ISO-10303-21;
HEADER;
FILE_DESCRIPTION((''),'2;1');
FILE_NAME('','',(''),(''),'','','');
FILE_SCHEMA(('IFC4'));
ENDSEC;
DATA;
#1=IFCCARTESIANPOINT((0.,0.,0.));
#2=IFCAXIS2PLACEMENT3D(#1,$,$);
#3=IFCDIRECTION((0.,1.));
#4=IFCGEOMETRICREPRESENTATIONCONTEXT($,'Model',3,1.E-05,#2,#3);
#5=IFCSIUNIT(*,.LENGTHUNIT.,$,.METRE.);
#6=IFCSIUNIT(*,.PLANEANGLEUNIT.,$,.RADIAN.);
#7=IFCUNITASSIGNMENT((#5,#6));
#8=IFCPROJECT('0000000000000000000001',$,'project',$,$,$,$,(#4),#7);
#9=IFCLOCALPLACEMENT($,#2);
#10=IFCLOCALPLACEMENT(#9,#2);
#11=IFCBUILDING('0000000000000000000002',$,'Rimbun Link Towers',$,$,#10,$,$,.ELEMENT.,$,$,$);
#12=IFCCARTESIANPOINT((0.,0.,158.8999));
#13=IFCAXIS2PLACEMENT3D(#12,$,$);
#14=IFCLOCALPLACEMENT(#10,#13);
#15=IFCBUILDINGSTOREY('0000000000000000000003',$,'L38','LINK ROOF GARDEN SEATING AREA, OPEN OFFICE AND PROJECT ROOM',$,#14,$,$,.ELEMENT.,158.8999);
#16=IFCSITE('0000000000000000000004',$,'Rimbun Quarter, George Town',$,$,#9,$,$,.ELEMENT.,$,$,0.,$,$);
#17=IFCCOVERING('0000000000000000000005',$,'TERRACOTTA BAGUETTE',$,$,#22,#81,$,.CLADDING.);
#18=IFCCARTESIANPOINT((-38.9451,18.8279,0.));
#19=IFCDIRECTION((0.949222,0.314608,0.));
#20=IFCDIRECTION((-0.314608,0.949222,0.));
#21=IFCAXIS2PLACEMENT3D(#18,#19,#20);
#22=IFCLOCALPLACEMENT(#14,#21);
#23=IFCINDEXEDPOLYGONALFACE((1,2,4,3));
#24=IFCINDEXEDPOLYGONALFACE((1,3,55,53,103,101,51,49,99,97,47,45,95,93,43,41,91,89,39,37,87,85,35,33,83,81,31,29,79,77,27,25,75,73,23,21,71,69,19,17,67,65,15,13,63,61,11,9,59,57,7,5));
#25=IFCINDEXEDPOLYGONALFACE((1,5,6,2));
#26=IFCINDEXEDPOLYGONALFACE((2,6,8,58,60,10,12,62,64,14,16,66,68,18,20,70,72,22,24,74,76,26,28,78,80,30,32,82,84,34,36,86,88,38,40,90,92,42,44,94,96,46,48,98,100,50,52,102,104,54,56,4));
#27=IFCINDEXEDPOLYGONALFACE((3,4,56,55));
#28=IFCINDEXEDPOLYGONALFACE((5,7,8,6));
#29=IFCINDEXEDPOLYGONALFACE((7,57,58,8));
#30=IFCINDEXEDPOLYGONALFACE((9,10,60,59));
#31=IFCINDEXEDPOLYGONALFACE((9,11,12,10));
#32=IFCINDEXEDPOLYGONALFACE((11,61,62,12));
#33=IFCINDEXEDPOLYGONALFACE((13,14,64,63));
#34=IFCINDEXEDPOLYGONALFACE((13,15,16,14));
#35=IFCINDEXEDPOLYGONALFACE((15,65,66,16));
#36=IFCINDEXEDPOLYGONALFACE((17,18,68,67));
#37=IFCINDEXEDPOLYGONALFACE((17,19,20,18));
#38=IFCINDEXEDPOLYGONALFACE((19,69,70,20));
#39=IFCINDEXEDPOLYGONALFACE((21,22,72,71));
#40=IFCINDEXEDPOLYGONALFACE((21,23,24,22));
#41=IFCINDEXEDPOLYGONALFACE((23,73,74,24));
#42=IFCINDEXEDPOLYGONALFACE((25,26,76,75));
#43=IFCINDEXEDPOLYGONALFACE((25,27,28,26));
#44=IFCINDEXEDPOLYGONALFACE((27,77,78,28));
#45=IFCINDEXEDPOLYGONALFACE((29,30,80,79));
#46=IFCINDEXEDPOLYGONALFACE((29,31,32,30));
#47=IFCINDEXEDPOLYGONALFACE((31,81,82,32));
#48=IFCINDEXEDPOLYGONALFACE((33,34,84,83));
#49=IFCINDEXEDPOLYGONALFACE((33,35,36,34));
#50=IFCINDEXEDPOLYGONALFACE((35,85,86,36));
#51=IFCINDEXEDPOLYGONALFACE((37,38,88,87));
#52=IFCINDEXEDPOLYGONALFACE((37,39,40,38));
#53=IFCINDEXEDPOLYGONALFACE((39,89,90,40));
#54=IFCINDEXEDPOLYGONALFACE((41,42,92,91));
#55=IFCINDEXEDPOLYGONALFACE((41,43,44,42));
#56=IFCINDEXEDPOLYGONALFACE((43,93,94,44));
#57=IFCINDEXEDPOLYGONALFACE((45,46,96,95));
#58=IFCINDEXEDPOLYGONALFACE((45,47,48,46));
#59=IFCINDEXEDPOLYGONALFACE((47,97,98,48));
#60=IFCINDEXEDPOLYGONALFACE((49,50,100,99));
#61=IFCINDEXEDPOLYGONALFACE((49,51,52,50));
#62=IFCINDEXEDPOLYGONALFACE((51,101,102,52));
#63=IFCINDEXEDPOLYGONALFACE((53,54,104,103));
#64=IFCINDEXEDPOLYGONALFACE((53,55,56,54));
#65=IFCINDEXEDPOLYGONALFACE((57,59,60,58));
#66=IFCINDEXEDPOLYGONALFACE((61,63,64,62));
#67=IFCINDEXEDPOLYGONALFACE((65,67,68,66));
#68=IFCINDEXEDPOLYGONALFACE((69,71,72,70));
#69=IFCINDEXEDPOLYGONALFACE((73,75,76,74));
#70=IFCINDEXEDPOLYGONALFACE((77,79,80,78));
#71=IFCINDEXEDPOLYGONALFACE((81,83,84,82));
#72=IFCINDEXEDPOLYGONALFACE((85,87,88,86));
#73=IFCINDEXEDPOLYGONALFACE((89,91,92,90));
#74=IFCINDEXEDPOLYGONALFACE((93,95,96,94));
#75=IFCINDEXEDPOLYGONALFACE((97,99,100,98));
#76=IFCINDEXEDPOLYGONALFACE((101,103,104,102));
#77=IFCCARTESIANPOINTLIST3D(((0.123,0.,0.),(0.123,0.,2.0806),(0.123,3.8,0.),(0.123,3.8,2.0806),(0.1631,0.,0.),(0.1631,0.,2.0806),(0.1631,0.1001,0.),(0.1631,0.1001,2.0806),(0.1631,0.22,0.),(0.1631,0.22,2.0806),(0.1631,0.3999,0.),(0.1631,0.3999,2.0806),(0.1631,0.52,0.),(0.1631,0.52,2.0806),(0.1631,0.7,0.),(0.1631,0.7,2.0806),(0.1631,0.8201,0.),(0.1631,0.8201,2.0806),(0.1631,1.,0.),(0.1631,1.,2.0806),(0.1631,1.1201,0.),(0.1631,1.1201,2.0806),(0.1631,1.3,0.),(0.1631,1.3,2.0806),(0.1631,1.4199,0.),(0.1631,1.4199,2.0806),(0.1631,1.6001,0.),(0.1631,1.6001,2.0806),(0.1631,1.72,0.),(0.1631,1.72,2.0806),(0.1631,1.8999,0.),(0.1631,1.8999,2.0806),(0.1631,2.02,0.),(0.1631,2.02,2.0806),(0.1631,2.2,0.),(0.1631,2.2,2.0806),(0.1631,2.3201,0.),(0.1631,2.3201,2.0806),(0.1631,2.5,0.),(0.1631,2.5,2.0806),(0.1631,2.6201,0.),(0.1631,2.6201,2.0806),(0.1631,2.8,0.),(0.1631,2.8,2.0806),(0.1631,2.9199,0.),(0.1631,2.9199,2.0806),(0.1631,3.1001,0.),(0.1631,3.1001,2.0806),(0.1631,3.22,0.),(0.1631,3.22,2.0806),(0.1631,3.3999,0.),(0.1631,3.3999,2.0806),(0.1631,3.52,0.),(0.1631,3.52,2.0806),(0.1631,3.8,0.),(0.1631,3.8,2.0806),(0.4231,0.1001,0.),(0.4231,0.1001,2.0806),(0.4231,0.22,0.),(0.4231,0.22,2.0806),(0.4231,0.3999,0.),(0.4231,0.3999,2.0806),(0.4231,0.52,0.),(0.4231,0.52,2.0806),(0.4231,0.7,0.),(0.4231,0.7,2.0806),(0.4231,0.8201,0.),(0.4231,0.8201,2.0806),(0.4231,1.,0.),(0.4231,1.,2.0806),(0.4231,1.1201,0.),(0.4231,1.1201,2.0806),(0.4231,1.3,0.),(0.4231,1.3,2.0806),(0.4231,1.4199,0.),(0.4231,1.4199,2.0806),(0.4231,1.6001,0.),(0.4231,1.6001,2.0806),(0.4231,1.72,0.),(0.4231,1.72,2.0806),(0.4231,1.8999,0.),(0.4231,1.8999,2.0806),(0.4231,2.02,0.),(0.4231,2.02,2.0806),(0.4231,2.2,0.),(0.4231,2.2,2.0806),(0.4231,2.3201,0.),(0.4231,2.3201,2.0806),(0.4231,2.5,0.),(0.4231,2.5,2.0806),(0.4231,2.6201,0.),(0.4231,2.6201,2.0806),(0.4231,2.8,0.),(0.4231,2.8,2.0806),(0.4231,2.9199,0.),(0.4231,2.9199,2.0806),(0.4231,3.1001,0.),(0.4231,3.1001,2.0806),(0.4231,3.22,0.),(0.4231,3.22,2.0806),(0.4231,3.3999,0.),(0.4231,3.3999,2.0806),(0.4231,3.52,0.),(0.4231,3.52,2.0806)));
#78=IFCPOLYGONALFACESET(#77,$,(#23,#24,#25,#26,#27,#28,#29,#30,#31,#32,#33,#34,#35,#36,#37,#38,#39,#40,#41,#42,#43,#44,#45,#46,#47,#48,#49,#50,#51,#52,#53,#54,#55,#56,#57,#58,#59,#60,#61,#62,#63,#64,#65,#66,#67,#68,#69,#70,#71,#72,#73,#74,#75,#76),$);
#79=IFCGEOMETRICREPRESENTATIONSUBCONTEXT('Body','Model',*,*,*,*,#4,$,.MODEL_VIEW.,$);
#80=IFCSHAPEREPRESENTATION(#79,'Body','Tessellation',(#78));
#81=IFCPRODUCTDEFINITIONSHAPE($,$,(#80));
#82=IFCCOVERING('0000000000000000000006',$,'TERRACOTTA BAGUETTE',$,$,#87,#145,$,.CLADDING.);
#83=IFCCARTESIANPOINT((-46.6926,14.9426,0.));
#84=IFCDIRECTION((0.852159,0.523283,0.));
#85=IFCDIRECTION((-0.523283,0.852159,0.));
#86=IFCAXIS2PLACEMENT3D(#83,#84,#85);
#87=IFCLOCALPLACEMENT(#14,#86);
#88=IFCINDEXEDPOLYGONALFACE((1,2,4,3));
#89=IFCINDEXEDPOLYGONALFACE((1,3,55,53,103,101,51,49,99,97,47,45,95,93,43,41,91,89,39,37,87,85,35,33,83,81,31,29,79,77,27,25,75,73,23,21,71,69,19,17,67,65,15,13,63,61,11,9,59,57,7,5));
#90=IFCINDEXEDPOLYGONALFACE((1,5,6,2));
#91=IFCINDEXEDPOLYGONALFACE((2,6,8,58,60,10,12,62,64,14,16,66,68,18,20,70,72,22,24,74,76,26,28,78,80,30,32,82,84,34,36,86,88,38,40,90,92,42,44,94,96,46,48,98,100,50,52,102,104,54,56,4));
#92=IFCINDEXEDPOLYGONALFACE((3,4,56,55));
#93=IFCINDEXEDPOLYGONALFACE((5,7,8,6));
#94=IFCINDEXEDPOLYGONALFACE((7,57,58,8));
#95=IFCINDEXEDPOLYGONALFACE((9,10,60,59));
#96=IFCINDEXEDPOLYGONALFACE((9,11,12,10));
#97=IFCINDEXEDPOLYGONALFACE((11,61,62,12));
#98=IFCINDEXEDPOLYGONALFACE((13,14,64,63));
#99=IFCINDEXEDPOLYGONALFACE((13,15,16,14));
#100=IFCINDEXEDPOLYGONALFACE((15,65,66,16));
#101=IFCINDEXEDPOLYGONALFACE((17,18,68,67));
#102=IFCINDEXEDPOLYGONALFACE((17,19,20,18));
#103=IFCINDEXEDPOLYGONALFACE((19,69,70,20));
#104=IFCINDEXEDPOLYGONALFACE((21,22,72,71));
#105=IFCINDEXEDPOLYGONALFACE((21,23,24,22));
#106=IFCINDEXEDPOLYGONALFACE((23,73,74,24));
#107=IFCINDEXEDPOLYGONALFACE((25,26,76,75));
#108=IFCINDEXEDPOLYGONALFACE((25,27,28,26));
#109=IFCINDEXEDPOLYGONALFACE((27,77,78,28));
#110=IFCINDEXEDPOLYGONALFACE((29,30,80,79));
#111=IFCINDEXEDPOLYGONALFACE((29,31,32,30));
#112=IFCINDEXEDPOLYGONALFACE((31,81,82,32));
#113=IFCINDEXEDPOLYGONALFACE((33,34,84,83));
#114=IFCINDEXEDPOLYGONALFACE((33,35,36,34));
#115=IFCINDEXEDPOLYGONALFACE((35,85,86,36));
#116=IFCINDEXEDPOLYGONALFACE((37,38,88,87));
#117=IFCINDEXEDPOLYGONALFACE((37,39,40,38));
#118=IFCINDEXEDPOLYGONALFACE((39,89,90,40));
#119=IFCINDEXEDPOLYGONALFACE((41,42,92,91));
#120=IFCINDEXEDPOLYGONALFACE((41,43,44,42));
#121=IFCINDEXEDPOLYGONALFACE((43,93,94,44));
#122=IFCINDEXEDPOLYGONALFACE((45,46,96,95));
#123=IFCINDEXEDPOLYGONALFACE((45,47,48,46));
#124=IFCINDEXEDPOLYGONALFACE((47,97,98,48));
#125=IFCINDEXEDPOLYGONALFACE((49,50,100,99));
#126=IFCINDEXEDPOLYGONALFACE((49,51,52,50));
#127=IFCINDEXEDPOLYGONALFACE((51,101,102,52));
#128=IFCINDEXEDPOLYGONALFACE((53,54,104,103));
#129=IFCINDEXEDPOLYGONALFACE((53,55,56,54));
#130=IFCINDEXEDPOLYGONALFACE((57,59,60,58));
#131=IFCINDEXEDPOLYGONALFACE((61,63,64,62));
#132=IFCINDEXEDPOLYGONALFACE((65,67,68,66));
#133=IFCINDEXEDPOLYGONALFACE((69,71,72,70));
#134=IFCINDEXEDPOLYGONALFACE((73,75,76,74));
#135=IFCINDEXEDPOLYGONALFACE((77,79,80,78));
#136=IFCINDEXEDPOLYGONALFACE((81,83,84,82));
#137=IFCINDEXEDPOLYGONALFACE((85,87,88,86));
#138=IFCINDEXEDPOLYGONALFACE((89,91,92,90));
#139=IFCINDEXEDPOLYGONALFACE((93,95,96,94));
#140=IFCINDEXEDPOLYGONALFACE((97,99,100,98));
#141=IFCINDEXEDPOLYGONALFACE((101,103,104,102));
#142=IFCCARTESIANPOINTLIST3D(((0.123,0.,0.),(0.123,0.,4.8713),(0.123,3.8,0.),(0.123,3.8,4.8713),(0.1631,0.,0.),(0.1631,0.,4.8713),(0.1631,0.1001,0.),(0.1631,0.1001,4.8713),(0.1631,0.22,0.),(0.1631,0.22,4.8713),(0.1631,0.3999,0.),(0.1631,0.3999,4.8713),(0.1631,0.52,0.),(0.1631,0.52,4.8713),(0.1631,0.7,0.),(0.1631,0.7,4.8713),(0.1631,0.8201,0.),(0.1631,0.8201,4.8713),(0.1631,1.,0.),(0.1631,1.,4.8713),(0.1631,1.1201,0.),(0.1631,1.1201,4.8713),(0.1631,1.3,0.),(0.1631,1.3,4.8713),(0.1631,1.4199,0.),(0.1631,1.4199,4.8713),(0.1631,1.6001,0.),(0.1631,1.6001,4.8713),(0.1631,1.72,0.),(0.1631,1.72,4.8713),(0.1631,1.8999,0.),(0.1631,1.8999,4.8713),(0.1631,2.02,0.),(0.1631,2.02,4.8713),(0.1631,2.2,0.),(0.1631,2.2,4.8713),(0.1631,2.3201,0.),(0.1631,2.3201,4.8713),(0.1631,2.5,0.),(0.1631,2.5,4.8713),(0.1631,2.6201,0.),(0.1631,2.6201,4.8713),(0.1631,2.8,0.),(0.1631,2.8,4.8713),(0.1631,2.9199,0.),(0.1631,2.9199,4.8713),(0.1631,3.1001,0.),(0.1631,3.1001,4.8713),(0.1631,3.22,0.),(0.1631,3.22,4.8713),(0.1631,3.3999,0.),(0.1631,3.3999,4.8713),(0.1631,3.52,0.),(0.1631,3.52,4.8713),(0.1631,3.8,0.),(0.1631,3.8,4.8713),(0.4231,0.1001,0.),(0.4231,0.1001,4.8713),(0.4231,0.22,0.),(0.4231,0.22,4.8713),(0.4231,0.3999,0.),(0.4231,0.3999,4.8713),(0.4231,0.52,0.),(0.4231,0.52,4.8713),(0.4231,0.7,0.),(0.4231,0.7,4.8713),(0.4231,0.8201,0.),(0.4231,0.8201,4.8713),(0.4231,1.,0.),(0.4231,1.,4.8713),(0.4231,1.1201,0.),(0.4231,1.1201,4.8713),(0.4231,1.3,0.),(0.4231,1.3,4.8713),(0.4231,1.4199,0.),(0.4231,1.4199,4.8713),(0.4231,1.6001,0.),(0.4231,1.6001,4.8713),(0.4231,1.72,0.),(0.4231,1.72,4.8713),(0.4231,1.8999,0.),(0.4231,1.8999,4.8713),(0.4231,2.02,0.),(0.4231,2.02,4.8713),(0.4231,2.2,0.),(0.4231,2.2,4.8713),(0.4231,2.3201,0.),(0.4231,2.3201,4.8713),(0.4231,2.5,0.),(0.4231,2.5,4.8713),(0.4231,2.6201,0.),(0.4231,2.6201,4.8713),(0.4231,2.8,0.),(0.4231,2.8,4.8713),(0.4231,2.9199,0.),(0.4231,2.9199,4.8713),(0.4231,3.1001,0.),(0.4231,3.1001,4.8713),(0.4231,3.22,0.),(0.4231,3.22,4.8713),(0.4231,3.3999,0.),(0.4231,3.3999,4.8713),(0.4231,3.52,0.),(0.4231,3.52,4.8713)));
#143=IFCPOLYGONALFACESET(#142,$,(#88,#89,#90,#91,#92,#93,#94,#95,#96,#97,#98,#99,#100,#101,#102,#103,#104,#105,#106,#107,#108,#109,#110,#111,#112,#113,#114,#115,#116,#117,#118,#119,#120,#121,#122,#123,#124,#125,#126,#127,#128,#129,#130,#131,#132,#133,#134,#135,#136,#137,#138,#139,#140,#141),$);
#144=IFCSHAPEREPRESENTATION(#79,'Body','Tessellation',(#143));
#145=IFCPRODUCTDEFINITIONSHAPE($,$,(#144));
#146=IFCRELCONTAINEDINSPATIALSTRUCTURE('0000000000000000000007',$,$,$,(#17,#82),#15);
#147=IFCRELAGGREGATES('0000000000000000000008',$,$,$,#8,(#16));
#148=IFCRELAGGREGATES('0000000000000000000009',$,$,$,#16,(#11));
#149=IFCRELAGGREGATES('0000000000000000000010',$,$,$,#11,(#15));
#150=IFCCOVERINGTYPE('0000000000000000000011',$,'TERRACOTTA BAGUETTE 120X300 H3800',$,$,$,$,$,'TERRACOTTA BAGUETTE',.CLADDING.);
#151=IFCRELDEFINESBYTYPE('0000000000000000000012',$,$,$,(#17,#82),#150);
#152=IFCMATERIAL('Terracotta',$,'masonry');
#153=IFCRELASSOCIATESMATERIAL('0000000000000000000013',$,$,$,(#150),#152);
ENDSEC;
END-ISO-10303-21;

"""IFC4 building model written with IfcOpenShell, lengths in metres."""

from ifc_helpers import new_model, si_unit, direction, frame, origin, place, context, subcontext, project, spatial, polyline, outline, extrude, material, material_profile, profile_set, type_object, element, save


model = new_model("IFC4")

# Units and contexts
model_context = context("Model", 3, precision=1e-05, world=origin(), true_north=direction((0.0, 1.0)))
body_context = subcontext(model_context, "Body", "Model", "MODEL_VIEW")
ifc_project = project(units=[si_unit("LENGTHUNIT", "METRE"), si_unit("PLANEANGLEUNIT", "RADIAN")], contexts=[model_context])

# Site, building, storey
site_placement = place(None, origin())
site = spatial("IfcSite", under=ifc_project, at=site_placement, Name="Rimbun Quarter, George Town", CompositionType="ELEMENT", RefElevation=0.0)
building_placement = place(site_placement, origin())
building = spatial("IfcBuilding", under=site, at=building_placement, Name="Rimbun Link Towers", CompositionType="ELEMENT")
storey_placement = place(building_placement, frame((0.0, 0.0, 158.8999)))
storey = spatial("IfcBuildingStorey", under=building, at=storey_placement, Name="L38", Description="LINK ROOF GARDEN SEATING AREA, OPEN OFFICE AND PROJECT ROOM", CompositionType="ELEMENT", Elevation=158.8999)

# Coverings
ifc_material_1 = material(Name="Terracotta", Category="masonry")
ifc_material_profile_1 = material_profile(ifc_material_1, outline(polyline([(0.123, 0.0), (0.1631, 0.0), (0.1631, 0.1001), (0.4231, 0.1001), (0.4231, 0.22), (0.1631, 0.22), (0.1631, 0.3999), (0.4231, 0.3999), (0.4231, 0.52), (0.1631, 0.52), (0.1631, 0.7), (0.4231, 0.7), (0.4231, 0.8201), (0.1631, 0.8201), (0.1631, 1.0), (0.4231, 1.0), (0.4231, 1.1201), (0.1631, 1.1201), (0.1631, 1.3), (0.4231, 1.3), (0.4231, 1.4199), (0.1631, 1.4199), (0.1631, 1.6001), (0.4231, 1.6001), (0.4231, 1.72), (0.1631, 1.72), (0.1631, 1.8999), (0.4231, 1.8999), (0.4231, 2.02), (0.1631, 2.02), (0.1631, 2.2), (0.4231, 2.2), (0.4231, 2.3201), (0.1631, 2.3201), (0.1631, 2.5), (0.4231, 2.5), (0.4231, 2.6201), (0.1631, 2.6201), (0.1631, 2.8), (0.4231, 2.8), (0.4231, 2.9199), (0.1631, 2.9199), (0.1631, 3.1001), (0.4231, 3.1001), (0.4231, 3.22), (0.1631, 3.22), (0.1631, 3.3999), (0.4231, 3.3999), (0.4231, 3.52), (0.1631, 3.52), (0.1631, 3.8), (0.123, 3.8), (0.123, 0.0)])), Name="BAGUETTE 120X300")
ifc_profile_set_1 = profile_set([ifc_material_profile_1], Name="Terracotta")
covering_type = type_object("IfcCoveringType", Name="TERRACOTTA BAGUETTE 120X300 H3800", ElementType="TERRACOTTA BAGUETTE", PredefinedType="CLADDING", material=ifc_profile_set_1)
covering_1_placement = place(storey_placement, frame((-38.9451, 18.8279, 0.0), z_axis=(0.949222, 0.314608, 0.0), x_axis=(-0.314608, 0.949222, 0.0)))
element("IfcCovering", 1, at=covering_1_placement, inside=storey, type_object=covering_type, Name="TERRACOTTA BAGUETTE", PredefinedType="CLADDING", context=body_context, shape_type="SweptSolid", body=[
    extrude(outline(polyline([(0.123, 0.0), (0.1631, 0.0), (0.1631, 0.1001), (0.4231, 0.1001), (0.4231, 0.22), (0.1631, 0.22), (0.1631, 0.3999), (0.4231, 0.3999), (0.4231, 0.52), (0.1631, 0.52), (0.1631, 0.7), (0.4231, 0.7), (0.4231, 0.8201), (0.1631, 0.8201), (0.1631, 1.0), (0.4231, 1.0), (0.4231, 1.1201), (0.1631, 1.1201), (0.1631, 1.3), (0.4231, 1.3), (0.4231, 1.4199), (0.1631, 1.4199), (0.1631, 1.6001), (0.4231, 1.6001), (0.4231, 1.72), (0.1631, 1.72), (0.1631, 1.8999), (0.4231, 1.8999), (0.4231, 2.02), (0.1631, 2.02), (0.1631, 2.2), (0.4231, 2.2), (0.4231, 2.3201), (0.1631, 2.3201), (0.1631, 2.5), (0.4231, 2.5), (0.4231, 2.6201), (0.1631, 2.6201), (0.1631, 2.8), (0.4231, 2.8), (0.4231, 2.9199), (0.1631, 2.9199), (0.1631, 3.1001), (0.4231, 3.1001), (0.4231, 3.22), (0.1631, 3.22), (0.1631, 3.3999), (0.4231, 3.3999), (0.4231, 3.52), (0.1631, 3.52), (0.1631, 3.8), (0.123, 3.8), (0.123, 0.0)])), origin(), (0.0, 0.0, 1.0), 2.0806),
])
covering_2_placement = place(storey_placement, frame((-46.6926, 14.9426, 0.0), z_axis=(0.852159, 0.523283, 0.0), x_axis=(-0.523283, 0.852159, 0.0)))
element("IfcCovering", 2, at=covering_2_placement, inside=storey, type_object=covering_type, Name="TERRACOTTA BAGUETTE", PredefinedType="CLADDING", context=body_context, shape_type="SweptSolid", body=[
    extrude(outline(polyline([(0.123, 0.0), (0.1631, 0.0), (0.1631, 0.1001), (0.4231, 0.1001), (0.4231, 0.22), (0.1631, 0.22), (0.1631, 0.3999), (0.4231, 0.3999), (0.4231, 0.52), (0.1631, 0.52), (0.1631, 0.7), (0.4231, 0.7), (0.4231, 0.8201), (0.1631, 0.8201), (0.1631, 1.0), (0.4231, 1.0), (0.4231, 1.1201), (0.1631, 1.1201), (0.1631, 1.3), (0.4231, 1.3), (0.4231, 1.4199), (0.1631, 1.4199), (0.1631, 1.6001), (0.4231, 1.6001), (0.4231, 1.72), (0.1631, 1.72), (0.1631, 1.8999), (0.4231, 1.8999), (0.4231, 2.02), (0.1631, 2.02), (0.1631, 2.2), (0.4231, 2.2), (0.4231, 2.3201), (0.1631, 2.3201), (0.1631, 2.5), (0.4231, 2.5), (0.4231, 2.6201), (0.1631, 2.6201), (0.1631, 2.8), (0.4231, 2.8), (0.4231, 2.9199), (0.1631, 2.9199), (0.1631, 3.1001), (0.4231, 3.1001), (0.4231, 3.22), (0.1631, 3.22), (0.1631, 3.3999), (0.4231, 3.3999), (0.4231, 3.52), (0.1631, 3.52), (0.1631, 3.8), (0.123, 3.8), (0.123, 0.0)])), origin(), (0.0, 0.0, 1.0), 4.8713),
])

save(model, "model.ifc")
